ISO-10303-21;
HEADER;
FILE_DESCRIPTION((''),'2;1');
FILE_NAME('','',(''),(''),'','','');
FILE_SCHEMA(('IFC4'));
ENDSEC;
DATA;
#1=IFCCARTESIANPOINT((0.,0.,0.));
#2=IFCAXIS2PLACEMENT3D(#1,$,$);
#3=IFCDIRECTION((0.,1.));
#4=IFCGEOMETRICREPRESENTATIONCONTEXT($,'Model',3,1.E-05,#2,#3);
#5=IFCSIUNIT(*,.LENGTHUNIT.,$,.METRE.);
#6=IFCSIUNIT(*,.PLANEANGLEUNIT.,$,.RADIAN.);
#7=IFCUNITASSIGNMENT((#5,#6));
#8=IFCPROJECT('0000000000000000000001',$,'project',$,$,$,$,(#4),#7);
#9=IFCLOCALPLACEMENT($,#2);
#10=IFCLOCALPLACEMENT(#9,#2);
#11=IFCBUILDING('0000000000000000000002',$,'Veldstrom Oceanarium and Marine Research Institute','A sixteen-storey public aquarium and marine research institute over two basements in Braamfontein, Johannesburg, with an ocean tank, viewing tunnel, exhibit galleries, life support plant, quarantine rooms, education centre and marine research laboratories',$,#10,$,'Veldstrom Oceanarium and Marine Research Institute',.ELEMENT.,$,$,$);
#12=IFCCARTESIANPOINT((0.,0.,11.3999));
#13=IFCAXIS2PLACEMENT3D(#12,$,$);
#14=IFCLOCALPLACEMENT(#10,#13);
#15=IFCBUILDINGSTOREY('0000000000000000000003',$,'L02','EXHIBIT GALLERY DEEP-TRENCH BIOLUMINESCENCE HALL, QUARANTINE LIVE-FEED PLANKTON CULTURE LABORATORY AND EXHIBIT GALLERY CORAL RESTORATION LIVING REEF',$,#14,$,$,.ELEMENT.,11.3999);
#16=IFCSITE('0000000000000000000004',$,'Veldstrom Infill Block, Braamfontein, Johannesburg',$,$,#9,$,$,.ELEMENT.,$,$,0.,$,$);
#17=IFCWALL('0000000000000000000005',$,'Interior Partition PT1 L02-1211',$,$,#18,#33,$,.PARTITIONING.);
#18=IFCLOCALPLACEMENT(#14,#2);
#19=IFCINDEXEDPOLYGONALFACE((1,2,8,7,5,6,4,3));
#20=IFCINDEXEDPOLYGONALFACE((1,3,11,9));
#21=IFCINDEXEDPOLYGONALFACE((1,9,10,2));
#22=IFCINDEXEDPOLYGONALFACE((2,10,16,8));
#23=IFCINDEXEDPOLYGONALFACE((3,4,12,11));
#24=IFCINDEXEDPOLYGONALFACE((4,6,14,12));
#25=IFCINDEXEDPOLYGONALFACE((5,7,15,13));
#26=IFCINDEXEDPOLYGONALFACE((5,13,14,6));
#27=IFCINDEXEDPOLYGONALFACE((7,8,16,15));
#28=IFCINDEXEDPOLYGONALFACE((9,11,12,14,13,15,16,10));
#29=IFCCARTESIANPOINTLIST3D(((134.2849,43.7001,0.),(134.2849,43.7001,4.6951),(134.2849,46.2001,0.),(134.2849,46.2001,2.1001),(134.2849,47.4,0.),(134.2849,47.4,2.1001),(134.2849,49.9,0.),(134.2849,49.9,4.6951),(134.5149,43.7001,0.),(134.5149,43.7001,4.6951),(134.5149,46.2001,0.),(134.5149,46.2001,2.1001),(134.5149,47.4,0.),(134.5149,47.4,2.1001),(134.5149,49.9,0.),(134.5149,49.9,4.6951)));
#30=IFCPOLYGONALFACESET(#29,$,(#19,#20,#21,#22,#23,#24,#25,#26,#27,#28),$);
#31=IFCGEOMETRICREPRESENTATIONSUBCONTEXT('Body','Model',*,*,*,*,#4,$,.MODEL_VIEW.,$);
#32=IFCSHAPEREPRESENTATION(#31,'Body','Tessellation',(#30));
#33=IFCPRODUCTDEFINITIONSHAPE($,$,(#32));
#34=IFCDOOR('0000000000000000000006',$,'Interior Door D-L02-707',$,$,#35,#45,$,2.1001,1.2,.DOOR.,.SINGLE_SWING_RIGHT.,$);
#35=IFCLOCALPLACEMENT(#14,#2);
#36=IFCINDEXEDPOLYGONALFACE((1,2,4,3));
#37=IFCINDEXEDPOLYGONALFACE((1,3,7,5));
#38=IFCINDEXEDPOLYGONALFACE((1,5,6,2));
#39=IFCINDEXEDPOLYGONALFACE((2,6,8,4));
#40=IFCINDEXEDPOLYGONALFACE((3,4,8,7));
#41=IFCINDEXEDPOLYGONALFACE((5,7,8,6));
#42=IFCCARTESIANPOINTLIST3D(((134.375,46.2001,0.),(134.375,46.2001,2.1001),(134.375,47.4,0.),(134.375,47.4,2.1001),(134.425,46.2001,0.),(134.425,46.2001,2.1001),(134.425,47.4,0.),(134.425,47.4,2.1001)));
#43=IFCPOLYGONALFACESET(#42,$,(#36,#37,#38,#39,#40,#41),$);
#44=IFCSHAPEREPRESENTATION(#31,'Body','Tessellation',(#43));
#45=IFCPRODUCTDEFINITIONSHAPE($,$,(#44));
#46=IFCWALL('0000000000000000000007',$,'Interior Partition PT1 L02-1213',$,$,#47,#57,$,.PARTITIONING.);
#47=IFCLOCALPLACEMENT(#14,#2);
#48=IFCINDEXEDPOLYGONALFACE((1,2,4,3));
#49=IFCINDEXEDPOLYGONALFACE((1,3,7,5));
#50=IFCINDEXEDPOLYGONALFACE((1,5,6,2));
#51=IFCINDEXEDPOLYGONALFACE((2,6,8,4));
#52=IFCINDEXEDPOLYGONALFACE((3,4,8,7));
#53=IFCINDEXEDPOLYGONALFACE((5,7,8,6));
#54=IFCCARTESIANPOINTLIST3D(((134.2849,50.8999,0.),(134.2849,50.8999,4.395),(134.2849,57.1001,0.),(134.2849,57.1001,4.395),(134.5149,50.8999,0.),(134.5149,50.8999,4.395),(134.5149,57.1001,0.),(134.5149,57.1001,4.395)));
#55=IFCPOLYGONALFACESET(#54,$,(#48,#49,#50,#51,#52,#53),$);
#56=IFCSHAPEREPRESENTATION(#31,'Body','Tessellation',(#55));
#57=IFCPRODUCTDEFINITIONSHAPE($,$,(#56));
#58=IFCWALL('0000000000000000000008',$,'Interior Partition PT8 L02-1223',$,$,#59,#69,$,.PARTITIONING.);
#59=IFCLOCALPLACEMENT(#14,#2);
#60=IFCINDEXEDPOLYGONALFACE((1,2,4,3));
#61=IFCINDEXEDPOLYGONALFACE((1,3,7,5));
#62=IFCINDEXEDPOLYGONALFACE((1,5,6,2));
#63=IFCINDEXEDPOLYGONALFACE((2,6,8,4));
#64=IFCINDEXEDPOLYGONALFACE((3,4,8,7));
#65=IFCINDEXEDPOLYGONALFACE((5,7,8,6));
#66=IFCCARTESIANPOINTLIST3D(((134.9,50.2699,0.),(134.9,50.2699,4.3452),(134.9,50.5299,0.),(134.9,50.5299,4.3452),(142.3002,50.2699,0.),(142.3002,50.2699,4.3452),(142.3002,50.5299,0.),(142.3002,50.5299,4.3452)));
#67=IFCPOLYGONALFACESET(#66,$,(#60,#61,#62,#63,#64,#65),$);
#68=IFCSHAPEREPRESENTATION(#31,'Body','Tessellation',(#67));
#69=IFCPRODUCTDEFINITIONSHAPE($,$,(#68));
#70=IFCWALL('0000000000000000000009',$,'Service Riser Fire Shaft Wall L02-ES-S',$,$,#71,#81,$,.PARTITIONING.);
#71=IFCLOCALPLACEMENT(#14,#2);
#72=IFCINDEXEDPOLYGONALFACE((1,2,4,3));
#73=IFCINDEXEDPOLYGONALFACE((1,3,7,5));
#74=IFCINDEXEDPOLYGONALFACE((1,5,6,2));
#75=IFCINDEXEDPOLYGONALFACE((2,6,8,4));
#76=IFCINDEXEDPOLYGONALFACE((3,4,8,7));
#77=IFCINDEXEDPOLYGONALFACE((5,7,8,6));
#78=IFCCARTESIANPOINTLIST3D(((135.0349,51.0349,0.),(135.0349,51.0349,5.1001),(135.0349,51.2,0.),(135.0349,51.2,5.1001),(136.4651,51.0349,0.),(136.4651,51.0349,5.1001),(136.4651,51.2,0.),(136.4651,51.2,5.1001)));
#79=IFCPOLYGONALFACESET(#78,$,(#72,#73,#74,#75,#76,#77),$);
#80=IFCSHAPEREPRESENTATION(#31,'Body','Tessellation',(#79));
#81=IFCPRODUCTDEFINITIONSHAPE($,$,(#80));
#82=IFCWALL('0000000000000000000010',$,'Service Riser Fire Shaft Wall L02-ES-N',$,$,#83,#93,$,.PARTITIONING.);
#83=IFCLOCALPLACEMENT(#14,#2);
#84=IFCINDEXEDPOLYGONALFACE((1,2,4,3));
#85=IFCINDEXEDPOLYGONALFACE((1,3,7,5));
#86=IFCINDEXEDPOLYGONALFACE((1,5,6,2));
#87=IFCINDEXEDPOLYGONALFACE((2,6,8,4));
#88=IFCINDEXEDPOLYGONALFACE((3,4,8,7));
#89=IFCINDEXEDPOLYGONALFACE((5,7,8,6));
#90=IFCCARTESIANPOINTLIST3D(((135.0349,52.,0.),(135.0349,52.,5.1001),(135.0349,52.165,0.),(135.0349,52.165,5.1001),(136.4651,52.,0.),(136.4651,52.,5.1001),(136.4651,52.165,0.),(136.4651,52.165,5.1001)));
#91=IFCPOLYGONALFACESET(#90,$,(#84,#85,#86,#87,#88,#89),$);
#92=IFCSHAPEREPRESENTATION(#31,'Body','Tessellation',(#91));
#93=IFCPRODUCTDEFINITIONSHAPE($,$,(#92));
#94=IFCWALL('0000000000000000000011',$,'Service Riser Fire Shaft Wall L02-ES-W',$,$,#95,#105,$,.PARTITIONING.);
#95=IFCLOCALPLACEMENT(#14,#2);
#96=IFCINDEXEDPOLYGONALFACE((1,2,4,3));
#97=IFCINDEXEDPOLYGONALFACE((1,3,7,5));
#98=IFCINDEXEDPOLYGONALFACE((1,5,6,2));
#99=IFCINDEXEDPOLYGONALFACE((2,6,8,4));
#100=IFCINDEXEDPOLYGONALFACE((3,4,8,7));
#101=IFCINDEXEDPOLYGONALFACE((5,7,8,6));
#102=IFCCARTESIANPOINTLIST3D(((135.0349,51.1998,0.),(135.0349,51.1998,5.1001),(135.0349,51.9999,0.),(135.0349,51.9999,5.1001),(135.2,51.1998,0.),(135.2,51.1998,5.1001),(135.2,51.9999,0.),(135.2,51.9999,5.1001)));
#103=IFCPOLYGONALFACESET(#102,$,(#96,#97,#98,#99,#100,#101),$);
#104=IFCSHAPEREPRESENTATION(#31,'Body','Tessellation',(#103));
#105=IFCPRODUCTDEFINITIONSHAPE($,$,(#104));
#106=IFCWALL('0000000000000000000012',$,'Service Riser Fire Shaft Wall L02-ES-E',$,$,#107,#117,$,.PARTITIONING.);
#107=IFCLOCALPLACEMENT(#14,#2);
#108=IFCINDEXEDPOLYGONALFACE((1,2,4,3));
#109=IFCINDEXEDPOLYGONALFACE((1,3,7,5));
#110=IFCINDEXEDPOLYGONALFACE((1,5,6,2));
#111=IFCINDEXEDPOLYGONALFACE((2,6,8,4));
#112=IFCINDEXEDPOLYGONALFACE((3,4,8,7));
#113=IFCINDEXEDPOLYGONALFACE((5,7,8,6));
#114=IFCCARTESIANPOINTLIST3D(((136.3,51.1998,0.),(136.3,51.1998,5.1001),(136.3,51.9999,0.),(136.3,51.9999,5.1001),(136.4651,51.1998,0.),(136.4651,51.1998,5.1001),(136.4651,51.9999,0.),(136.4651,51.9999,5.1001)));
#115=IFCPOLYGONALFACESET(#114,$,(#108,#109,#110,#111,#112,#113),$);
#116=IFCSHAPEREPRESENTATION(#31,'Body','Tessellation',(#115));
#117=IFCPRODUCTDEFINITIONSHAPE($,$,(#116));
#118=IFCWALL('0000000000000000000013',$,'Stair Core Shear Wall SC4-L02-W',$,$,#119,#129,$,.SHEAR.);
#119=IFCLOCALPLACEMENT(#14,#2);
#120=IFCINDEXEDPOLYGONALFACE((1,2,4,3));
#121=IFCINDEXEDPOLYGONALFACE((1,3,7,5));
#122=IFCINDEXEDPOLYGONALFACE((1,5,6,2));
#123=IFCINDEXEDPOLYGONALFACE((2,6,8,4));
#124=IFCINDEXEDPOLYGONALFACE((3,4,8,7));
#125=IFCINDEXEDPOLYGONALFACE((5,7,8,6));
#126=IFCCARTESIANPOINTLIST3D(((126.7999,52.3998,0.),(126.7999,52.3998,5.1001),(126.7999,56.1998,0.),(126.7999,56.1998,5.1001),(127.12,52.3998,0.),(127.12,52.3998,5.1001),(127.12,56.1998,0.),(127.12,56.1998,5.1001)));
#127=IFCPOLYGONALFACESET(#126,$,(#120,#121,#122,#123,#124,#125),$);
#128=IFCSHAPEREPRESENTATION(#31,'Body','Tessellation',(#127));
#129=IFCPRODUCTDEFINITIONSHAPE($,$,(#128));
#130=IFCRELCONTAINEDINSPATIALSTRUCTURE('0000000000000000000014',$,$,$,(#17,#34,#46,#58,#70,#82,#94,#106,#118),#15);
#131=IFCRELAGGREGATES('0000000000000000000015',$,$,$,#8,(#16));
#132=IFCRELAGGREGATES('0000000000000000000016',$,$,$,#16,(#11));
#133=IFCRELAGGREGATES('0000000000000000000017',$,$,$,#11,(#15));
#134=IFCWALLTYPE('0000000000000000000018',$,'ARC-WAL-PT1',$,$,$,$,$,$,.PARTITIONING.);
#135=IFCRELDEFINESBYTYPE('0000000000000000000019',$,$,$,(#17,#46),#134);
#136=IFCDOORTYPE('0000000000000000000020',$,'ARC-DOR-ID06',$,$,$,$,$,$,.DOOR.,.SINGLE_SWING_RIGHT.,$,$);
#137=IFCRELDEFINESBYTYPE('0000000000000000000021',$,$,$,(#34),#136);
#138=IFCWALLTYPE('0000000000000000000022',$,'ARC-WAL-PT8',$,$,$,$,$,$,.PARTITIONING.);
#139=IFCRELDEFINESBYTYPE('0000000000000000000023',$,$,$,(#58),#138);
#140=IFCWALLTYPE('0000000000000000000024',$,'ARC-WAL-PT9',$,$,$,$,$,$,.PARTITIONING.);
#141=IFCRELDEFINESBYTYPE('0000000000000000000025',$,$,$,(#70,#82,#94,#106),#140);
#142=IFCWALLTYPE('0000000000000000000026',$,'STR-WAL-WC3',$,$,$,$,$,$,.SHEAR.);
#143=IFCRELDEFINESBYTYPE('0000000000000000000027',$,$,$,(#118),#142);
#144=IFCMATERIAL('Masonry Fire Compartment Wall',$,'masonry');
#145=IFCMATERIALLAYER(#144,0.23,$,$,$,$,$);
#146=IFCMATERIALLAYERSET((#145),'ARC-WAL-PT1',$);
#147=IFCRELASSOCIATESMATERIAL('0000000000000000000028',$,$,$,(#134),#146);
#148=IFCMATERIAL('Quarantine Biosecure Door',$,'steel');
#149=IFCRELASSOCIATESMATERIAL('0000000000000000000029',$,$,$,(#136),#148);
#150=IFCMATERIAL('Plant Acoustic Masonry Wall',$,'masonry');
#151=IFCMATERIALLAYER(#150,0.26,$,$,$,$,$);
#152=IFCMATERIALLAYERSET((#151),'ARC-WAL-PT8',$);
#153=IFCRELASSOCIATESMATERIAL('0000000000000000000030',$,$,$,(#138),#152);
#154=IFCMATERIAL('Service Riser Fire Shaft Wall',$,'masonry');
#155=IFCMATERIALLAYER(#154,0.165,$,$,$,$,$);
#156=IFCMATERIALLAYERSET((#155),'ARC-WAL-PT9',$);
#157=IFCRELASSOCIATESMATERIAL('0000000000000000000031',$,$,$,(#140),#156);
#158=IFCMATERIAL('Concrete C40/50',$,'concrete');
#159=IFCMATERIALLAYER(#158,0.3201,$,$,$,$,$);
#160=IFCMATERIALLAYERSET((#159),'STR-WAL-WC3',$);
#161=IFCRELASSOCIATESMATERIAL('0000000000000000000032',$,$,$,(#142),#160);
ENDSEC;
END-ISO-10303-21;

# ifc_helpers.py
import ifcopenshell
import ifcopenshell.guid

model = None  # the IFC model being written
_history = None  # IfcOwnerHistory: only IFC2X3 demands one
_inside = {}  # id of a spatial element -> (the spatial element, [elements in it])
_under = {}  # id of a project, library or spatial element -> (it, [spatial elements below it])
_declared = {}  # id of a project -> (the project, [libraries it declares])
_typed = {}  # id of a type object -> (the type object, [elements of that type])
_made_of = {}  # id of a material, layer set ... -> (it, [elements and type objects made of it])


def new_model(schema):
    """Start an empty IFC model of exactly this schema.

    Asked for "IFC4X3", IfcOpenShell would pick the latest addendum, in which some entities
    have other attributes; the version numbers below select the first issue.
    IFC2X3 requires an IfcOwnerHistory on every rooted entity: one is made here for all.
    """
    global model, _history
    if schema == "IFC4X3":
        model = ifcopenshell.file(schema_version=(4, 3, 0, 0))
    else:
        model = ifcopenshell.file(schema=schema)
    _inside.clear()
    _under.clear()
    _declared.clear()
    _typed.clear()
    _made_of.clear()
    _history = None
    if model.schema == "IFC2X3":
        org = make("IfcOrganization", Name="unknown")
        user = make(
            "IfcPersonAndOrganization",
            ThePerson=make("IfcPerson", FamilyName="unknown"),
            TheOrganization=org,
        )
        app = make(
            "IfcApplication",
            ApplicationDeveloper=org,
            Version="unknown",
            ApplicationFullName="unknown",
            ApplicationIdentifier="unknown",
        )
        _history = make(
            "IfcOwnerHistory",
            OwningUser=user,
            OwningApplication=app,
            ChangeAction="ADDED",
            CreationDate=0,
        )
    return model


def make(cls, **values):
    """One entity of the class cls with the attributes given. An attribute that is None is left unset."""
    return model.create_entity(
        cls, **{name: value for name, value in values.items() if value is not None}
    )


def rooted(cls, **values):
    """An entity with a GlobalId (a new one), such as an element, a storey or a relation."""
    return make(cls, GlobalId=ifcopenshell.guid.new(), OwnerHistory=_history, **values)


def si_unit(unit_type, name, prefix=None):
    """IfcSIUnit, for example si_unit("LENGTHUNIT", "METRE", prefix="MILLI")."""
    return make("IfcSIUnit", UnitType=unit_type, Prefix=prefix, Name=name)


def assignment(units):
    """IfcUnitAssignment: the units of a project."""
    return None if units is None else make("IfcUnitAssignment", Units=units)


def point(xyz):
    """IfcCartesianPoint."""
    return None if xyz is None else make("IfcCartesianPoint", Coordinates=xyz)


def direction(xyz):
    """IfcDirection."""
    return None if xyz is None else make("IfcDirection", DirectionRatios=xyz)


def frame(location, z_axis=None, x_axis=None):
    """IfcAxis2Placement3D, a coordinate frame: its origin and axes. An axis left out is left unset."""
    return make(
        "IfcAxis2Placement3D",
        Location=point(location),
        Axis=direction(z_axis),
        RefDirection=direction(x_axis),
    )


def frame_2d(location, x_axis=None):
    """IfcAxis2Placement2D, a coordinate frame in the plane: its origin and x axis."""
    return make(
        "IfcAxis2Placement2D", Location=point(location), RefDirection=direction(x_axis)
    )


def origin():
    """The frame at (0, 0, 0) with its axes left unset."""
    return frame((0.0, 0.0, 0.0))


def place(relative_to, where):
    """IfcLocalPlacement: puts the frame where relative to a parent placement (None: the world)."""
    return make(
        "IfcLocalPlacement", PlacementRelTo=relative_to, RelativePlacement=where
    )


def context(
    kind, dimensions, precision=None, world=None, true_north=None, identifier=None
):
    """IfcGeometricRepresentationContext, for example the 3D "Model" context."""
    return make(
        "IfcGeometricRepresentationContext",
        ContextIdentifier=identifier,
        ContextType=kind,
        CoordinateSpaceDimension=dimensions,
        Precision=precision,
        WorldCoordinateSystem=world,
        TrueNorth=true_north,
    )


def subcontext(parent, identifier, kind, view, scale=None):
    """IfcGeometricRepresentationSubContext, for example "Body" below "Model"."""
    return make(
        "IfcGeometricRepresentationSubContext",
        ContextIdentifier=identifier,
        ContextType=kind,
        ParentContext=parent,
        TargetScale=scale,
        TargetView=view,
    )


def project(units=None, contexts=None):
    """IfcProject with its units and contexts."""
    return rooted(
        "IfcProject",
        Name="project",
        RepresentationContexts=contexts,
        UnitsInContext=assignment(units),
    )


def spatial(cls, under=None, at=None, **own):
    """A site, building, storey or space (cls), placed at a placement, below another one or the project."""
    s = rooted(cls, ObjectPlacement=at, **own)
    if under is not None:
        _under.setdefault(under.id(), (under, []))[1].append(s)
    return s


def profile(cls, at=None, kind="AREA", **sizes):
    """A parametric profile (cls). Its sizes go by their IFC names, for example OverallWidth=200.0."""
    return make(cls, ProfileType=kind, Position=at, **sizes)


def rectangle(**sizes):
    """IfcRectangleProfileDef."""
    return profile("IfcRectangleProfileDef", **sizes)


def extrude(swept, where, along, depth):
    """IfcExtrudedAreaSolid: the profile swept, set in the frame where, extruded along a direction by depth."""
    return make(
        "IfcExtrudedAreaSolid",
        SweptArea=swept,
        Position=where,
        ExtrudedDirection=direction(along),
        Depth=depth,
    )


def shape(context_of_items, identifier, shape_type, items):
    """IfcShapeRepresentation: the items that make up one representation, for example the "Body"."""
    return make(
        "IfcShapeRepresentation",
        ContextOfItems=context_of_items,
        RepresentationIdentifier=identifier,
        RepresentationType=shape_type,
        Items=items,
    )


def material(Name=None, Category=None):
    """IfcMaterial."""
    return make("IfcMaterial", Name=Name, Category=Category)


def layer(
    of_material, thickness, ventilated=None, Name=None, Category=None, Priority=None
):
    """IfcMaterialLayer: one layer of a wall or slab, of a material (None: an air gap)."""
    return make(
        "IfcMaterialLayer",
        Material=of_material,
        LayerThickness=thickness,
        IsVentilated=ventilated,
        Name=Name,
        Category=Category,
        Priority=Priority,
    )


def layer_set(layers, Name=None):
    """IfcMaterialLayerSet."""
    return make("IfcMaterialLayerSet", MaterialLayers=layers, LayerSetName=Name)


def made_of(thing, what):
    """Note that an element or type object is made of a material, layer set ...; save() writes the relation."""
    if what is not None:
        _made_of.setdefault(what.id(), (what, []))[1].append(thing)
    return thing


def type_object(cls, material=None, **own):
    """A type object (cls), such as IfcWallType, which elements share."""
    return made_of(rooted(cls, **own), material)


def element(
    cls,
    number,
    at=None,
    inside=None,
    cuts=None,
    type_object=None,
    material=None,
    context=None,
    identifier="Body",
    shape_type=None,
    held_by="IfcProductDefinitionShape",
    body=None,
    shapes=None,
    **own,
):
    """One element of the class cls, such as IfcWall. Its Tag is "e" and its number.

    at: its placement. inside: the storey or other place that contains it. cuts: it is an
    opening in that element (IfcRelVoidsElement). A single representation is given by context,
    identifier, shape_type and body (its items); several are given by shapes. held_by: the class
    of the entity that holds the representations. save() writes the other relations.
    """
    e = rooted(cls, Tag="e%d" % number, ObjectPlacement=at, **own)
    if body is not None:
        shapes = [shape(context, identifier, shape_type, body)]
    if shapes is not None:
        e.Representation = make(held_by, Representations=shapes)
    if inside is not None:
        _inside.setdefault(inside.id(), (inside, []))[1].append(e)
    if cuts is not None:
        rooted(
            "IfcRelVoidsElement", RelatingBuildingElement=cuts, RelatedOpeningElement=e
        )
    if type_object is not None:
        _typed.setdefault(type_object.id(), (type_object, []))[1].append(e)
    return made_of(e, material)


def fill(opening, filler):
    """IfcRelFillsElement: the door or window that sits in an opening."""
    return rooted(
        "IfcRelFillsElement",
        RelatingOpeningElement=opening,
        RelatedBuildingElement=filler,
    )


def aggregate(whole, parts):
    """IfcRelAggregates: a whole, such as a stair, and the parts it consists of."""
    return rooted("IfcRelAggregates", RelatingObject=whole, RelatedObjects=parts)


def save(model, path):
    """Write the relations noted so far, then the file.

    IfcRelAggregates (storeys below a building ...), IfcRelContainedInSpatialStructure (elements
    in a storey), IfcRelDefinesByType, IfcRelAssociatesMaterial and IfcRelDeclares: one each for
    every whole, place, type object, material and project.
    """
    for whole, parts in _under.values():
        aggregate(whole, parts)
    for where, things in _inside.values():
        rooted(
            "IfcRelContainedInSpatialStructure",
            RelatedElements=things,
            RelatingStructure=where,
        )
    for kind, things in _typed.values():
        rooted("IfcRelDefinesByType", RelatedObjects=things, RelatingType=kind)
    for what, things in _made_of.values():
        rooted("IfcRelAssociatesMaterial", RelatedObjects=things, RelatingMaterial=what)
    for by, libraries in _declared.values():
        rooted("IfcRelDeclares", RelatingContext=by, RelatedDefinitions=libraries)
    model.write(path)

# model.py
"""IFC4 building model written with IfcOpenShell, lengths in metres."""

from ifc_helpers import new_model, si_unit, direction, frame, frame_2d, origin, place, context, subcontext, project, spatial, rectangle, extrude, material, layer, layer_set, type_object, element, fill, save


model = new_model("IFC4")

# Units and contexts
model_context = context("Model", 3, precision=1e-05, world=origin(), true_north=direction((0.0, 1.0)))
body_context = subcontext(model_context, "Body", "Model", "MODEL_VIEW")
ifc_project = project(units=[si_unit("LENGTHUNIT", "METRE"), si_unit("PLANEANGLEUNIT", "RADIAN")], contexts=[model_context])

# Site, building, storey
site_placement = place(None, origin())
site = spatial("IfcSite", under=ifc_project, at=site_placement, Name="Veldstrom Infill Block, Braamfontein, Johannesburg", CompositionType="ELEMENT", RefElevation=0.0)
building_placement = place(site_placement, origin())
building = spatial("IfcBuilding", under=site, at=building_placement, Name="Veldstrom Oceanarium and Marine Research Institute", Description="A sixteen-storey public aquarium and marine research institute over two basements in Braamfontein, Johannesburg, with an ocean tank, viewing tunnel, exhibit galleries, life support plant, quarantine rooms, education centre and marine research laboratories", LongName="Veldstrom Oceanarium and Marine Research Institute", CompositionType="ELEMENT")
storey_placement = place(building_placement, frame((0.0, 0.0, 11.3999)))
storey = spatial("IfcBuildingStorey", under=building, at=storey_placement, Name="L02", Description="EXHIBIT GALLERY DEEP-TRENCH BIOLUMINESCENCE HALL, QUARANTINE LIVE-FEED PLANKTON CULTURE LABORATORY AND EXHIBIT GALLERY CORAL RESTORATION LIVING REEF", CompositionType="ELEMENT", Elevation=11.3999)

# Wall, opening, door
ifc_material_1 = material(Name="Masonry Fire Compartment Wall", Category="masonry")
ifc_layer_1 = layer(ifc_material_1, 0.23)
ifc_layer_set_1 = layer_set([ifc_layer_1], Name="ARC-WAL-PT1")
wall_type_1 = type_object("IfcWallType", Name="ARC-WAL-PT1", PredefinedType="PARTITIONING", material=ifc_layer_set_1)
wall_1_placement = place(storey_placement, frame((134.3999, 43.7, 0.0), z_axis=(0.0, 0.0, 1.0), x_axis=(0.0, 1.0, 0.0)))
wall_1 = element("IfcWall", 1, at=wall_1_placement, inside=storey, type_object=wall_type_1, Name="Interior Partition PT1 L02-1211", PredefinedType="PARTITIONING", context=body_context, shape_type="SweptSolid", body=[
    extrude(rectangle(XDim=6.2, YDim=0.23, at=frame_2d((3.1001, 0.0))), origin(), (0.0, 0.0, 1.0), 4.6951),
])
opening_placement = place(wall_1_placement, frame((2.5, 0.0, 0.0)))
opening = element("IfcOpeningElement", 2, at=opening_placement, cuts=wall_1, PredefinedType="OPENING", context=body_context, shape_type="SweptSolid", body=[
    extrude(rectangle(XDim=1.2, YDim=2.1001, at=frame_2d((0.6001, 1.05))), frame((0.0, 0.125, 0.0), z_axis=(0.0, -1.0, 0.0), x_axis=(1.0, 0.0, 0.0)), (0.0, 0.0, 1.0), 0.25),
])
ifc_material_2 = material(Name="Quarantine Biosecure Door", Category="steel")
door_type = type_object("IfcDoorType", Name="ARC-DOR-ID06", OperationType="SINGLE_SWING_RIGHT", PredefinedType="DOOR", material=ifc_material_2)
door_placement = place(opening_placement, origin())
door = element("IfcDoor", 3, at=door_placement, inside=storey, type_object=door_type, Name="Interior Door D-L02-707", OperationType="SINGLE_SWING_RIGHT", OverallHeight=2.1001, OverallWidth=1.2, PredefinedType="DOOR", context=body_context, shape_type="SweptSolid", body=[
    extrude(rectangle(XDim=1.2, YDim=2.1001, at=frame_2d((0.6001, 1.05))), frame((0.0, 0.0249, 0.0), z_axis=(0.0, -1.0, 0.0), x_axis=(1.0, 0.0, 0.0)), (0.0, 0.0, 1.0), 0.05),
])
fill(opening, door)

# Walls
wall_2_placement = place(storey_placement, frame((134.3999, 50.8999, 0.0), z_axis=(0.0, 0.0, 1.0), x_axis=(0.0, 1.0, 0.0)))
element("IfcWall", 4, at=wall_2_placement, inside=storey, type_object=wall_type_1, Name="Interior Partition PT1 L02-1213", PredefinedType="PARTITIONING", context=body_context, shape_type="SweptSolid", body=[
    extrude(rectangle(XDim=6.2002, YDim=0.23, at=frame_2d((3.1001, 0.0))), origin(), (0.0, 0.0, 1.0), 4.395),
])
ifc_material_3 = material(Name="Plant Acoustic Masonry Wall", Category="masonry")
ifc_layer_2 = layer(ifc_material_3, 0.26)
ifc_layer_set_2 = layer_set([ifc_layer_2], Name="ARC-WAL-PT8")
wall_type_2 = type_object("IfcWallType", Name="ARC-WAL-PT8", PredefinedType="PARTITIONING", material=ifc_layer_set_2)
wall_3_placement = place(storey_placement, frame((134.8999, 50.3999, 0.0), z_axis=(0.0, 0.0, 1.0), x_axis=(1.0, 0.0, 0.0)))
element("IfcWall", 5, at=wall_3_placement, inside=storey, type_object=wall_type_2, Name="Interior Partition PT8 L02-1223", PredefinedType="PARTITIONING", context=body_context, shape_type="SweptSolid", body=[
    extrude(rectangle(XDim=7.4001, YDim=0.26, at=frame_2d((3.7002, 0.0))), origin(), (0.0, 0.0, 1.0), 4.3452),
])
ifc_material_4 = material(Name="Service Riser Fire Shaft Wall", Category="masonry")
ifc_layer_3 = layer(ifc_material_4, 0.165)
ifc_layer_set_3 = layer_set([ifc_layer_3], Name="ARC-WAL-PT9")
wall_type_3 = type_object("IfcWallType", Name="ARC-WAL-PT9", PredefinedType="PARTITIONING", material=ifc_layer_set_3)
for number, where, z_axis, x_axis, name in (
    (6, (135.0349, 51.1174, 0.0), (0.0, 0.0, 1.0), (1.0, 0.0, 0.0), "Service Riser Fire Shaft Wall L02-ES-S"),
    (7, (135.0349, 52.0825, 0.0), (0.0, 0.0, 1.0), (1.0, 0.0, 0.0), "Service Riser Fire Shaft Wall L02-ES-N"),
):
    element("IfcWall", number, at=place(storey_placement, frame(where, z_axis=z_axis, x_axis=x_axis)), inside=storey, type_object=wall_type_3, Name=name, PredefinedType="PARTITIONING", context=body_context, shape_type="SweptSolid", body=[
        extrude(rectangle(XDim=1.4302, YDim=0.165, at=frame_2d((0.7151, 0.0))), origin(), (0.0, 0.0, 1.0), 5.1001),
    ])
for number, where, z_axis, x_axis, name in (
    (8, (135.1174, 51.2, 0.0), (0.0, 0.0, 1.0), (0.0, 1.0, 0.0), "Service Riser Fire Shaft Wall L02-ES-W"),
    (9, (136.3826, 51.2, 0.0), (0.0, 0.0, 1.0), (0.0, 1.0, 0.0), "Service Riser Fire Shaft Wall L02-ES-E"),
):
    element("IfcWall", number, at=place(storey_placement, frame(where, z_axis=z_axis, x_axis=x_axis)), inside=storey, type_object=wall_type_3, Name=name, PredefinedType="PARTITIONING", context=body_context, shape_type="SweptSolid", body=[
        extrude(rectangle(XDim=0.8, YDim=0.165, at=frame_2d((0.3999, 0.0))), origin(), (0.0, 0.0, 1.0), 5.1001),
    ])
ifc_material_5 = material(Name="Concrete C40/50", Category="concrete")
ifc_layer_4 = layer(ifc_material_5, 0.3201)
ifc_layer_set_4 = layer_set([ifc_layer_4], Name="STR-WAL-WC3")
wall_type_4 = type_object("IfcWallType", Name="STR-WAL-WC3", PredefinedType="SHEAR", material=ifc_layer_set_4)
wall_4_placement = place(storey_placement, frame((126.96, 52.3999, 0.0), z_axis=(0.0, 0.0, 1.0), x_axis=(0.0, 1.0, 0.0)))
element("IfcWall", 10, at=wall_4_placement, inside=storey, type_object=wall_type_4, Name="Stair Core Shear Wall SC4-L02-W", PredefinedType="SHEAR", context=body_context, shape_type="SweptSolid", body=[
    extrude(rectangle(XDim=3.8, YDim=0.3201, at=frame_2d((1.8999, 0.0))), origin(), (0.0, 0.0, 1.0), 5.1001),
])

save(model, "model.ifc")
